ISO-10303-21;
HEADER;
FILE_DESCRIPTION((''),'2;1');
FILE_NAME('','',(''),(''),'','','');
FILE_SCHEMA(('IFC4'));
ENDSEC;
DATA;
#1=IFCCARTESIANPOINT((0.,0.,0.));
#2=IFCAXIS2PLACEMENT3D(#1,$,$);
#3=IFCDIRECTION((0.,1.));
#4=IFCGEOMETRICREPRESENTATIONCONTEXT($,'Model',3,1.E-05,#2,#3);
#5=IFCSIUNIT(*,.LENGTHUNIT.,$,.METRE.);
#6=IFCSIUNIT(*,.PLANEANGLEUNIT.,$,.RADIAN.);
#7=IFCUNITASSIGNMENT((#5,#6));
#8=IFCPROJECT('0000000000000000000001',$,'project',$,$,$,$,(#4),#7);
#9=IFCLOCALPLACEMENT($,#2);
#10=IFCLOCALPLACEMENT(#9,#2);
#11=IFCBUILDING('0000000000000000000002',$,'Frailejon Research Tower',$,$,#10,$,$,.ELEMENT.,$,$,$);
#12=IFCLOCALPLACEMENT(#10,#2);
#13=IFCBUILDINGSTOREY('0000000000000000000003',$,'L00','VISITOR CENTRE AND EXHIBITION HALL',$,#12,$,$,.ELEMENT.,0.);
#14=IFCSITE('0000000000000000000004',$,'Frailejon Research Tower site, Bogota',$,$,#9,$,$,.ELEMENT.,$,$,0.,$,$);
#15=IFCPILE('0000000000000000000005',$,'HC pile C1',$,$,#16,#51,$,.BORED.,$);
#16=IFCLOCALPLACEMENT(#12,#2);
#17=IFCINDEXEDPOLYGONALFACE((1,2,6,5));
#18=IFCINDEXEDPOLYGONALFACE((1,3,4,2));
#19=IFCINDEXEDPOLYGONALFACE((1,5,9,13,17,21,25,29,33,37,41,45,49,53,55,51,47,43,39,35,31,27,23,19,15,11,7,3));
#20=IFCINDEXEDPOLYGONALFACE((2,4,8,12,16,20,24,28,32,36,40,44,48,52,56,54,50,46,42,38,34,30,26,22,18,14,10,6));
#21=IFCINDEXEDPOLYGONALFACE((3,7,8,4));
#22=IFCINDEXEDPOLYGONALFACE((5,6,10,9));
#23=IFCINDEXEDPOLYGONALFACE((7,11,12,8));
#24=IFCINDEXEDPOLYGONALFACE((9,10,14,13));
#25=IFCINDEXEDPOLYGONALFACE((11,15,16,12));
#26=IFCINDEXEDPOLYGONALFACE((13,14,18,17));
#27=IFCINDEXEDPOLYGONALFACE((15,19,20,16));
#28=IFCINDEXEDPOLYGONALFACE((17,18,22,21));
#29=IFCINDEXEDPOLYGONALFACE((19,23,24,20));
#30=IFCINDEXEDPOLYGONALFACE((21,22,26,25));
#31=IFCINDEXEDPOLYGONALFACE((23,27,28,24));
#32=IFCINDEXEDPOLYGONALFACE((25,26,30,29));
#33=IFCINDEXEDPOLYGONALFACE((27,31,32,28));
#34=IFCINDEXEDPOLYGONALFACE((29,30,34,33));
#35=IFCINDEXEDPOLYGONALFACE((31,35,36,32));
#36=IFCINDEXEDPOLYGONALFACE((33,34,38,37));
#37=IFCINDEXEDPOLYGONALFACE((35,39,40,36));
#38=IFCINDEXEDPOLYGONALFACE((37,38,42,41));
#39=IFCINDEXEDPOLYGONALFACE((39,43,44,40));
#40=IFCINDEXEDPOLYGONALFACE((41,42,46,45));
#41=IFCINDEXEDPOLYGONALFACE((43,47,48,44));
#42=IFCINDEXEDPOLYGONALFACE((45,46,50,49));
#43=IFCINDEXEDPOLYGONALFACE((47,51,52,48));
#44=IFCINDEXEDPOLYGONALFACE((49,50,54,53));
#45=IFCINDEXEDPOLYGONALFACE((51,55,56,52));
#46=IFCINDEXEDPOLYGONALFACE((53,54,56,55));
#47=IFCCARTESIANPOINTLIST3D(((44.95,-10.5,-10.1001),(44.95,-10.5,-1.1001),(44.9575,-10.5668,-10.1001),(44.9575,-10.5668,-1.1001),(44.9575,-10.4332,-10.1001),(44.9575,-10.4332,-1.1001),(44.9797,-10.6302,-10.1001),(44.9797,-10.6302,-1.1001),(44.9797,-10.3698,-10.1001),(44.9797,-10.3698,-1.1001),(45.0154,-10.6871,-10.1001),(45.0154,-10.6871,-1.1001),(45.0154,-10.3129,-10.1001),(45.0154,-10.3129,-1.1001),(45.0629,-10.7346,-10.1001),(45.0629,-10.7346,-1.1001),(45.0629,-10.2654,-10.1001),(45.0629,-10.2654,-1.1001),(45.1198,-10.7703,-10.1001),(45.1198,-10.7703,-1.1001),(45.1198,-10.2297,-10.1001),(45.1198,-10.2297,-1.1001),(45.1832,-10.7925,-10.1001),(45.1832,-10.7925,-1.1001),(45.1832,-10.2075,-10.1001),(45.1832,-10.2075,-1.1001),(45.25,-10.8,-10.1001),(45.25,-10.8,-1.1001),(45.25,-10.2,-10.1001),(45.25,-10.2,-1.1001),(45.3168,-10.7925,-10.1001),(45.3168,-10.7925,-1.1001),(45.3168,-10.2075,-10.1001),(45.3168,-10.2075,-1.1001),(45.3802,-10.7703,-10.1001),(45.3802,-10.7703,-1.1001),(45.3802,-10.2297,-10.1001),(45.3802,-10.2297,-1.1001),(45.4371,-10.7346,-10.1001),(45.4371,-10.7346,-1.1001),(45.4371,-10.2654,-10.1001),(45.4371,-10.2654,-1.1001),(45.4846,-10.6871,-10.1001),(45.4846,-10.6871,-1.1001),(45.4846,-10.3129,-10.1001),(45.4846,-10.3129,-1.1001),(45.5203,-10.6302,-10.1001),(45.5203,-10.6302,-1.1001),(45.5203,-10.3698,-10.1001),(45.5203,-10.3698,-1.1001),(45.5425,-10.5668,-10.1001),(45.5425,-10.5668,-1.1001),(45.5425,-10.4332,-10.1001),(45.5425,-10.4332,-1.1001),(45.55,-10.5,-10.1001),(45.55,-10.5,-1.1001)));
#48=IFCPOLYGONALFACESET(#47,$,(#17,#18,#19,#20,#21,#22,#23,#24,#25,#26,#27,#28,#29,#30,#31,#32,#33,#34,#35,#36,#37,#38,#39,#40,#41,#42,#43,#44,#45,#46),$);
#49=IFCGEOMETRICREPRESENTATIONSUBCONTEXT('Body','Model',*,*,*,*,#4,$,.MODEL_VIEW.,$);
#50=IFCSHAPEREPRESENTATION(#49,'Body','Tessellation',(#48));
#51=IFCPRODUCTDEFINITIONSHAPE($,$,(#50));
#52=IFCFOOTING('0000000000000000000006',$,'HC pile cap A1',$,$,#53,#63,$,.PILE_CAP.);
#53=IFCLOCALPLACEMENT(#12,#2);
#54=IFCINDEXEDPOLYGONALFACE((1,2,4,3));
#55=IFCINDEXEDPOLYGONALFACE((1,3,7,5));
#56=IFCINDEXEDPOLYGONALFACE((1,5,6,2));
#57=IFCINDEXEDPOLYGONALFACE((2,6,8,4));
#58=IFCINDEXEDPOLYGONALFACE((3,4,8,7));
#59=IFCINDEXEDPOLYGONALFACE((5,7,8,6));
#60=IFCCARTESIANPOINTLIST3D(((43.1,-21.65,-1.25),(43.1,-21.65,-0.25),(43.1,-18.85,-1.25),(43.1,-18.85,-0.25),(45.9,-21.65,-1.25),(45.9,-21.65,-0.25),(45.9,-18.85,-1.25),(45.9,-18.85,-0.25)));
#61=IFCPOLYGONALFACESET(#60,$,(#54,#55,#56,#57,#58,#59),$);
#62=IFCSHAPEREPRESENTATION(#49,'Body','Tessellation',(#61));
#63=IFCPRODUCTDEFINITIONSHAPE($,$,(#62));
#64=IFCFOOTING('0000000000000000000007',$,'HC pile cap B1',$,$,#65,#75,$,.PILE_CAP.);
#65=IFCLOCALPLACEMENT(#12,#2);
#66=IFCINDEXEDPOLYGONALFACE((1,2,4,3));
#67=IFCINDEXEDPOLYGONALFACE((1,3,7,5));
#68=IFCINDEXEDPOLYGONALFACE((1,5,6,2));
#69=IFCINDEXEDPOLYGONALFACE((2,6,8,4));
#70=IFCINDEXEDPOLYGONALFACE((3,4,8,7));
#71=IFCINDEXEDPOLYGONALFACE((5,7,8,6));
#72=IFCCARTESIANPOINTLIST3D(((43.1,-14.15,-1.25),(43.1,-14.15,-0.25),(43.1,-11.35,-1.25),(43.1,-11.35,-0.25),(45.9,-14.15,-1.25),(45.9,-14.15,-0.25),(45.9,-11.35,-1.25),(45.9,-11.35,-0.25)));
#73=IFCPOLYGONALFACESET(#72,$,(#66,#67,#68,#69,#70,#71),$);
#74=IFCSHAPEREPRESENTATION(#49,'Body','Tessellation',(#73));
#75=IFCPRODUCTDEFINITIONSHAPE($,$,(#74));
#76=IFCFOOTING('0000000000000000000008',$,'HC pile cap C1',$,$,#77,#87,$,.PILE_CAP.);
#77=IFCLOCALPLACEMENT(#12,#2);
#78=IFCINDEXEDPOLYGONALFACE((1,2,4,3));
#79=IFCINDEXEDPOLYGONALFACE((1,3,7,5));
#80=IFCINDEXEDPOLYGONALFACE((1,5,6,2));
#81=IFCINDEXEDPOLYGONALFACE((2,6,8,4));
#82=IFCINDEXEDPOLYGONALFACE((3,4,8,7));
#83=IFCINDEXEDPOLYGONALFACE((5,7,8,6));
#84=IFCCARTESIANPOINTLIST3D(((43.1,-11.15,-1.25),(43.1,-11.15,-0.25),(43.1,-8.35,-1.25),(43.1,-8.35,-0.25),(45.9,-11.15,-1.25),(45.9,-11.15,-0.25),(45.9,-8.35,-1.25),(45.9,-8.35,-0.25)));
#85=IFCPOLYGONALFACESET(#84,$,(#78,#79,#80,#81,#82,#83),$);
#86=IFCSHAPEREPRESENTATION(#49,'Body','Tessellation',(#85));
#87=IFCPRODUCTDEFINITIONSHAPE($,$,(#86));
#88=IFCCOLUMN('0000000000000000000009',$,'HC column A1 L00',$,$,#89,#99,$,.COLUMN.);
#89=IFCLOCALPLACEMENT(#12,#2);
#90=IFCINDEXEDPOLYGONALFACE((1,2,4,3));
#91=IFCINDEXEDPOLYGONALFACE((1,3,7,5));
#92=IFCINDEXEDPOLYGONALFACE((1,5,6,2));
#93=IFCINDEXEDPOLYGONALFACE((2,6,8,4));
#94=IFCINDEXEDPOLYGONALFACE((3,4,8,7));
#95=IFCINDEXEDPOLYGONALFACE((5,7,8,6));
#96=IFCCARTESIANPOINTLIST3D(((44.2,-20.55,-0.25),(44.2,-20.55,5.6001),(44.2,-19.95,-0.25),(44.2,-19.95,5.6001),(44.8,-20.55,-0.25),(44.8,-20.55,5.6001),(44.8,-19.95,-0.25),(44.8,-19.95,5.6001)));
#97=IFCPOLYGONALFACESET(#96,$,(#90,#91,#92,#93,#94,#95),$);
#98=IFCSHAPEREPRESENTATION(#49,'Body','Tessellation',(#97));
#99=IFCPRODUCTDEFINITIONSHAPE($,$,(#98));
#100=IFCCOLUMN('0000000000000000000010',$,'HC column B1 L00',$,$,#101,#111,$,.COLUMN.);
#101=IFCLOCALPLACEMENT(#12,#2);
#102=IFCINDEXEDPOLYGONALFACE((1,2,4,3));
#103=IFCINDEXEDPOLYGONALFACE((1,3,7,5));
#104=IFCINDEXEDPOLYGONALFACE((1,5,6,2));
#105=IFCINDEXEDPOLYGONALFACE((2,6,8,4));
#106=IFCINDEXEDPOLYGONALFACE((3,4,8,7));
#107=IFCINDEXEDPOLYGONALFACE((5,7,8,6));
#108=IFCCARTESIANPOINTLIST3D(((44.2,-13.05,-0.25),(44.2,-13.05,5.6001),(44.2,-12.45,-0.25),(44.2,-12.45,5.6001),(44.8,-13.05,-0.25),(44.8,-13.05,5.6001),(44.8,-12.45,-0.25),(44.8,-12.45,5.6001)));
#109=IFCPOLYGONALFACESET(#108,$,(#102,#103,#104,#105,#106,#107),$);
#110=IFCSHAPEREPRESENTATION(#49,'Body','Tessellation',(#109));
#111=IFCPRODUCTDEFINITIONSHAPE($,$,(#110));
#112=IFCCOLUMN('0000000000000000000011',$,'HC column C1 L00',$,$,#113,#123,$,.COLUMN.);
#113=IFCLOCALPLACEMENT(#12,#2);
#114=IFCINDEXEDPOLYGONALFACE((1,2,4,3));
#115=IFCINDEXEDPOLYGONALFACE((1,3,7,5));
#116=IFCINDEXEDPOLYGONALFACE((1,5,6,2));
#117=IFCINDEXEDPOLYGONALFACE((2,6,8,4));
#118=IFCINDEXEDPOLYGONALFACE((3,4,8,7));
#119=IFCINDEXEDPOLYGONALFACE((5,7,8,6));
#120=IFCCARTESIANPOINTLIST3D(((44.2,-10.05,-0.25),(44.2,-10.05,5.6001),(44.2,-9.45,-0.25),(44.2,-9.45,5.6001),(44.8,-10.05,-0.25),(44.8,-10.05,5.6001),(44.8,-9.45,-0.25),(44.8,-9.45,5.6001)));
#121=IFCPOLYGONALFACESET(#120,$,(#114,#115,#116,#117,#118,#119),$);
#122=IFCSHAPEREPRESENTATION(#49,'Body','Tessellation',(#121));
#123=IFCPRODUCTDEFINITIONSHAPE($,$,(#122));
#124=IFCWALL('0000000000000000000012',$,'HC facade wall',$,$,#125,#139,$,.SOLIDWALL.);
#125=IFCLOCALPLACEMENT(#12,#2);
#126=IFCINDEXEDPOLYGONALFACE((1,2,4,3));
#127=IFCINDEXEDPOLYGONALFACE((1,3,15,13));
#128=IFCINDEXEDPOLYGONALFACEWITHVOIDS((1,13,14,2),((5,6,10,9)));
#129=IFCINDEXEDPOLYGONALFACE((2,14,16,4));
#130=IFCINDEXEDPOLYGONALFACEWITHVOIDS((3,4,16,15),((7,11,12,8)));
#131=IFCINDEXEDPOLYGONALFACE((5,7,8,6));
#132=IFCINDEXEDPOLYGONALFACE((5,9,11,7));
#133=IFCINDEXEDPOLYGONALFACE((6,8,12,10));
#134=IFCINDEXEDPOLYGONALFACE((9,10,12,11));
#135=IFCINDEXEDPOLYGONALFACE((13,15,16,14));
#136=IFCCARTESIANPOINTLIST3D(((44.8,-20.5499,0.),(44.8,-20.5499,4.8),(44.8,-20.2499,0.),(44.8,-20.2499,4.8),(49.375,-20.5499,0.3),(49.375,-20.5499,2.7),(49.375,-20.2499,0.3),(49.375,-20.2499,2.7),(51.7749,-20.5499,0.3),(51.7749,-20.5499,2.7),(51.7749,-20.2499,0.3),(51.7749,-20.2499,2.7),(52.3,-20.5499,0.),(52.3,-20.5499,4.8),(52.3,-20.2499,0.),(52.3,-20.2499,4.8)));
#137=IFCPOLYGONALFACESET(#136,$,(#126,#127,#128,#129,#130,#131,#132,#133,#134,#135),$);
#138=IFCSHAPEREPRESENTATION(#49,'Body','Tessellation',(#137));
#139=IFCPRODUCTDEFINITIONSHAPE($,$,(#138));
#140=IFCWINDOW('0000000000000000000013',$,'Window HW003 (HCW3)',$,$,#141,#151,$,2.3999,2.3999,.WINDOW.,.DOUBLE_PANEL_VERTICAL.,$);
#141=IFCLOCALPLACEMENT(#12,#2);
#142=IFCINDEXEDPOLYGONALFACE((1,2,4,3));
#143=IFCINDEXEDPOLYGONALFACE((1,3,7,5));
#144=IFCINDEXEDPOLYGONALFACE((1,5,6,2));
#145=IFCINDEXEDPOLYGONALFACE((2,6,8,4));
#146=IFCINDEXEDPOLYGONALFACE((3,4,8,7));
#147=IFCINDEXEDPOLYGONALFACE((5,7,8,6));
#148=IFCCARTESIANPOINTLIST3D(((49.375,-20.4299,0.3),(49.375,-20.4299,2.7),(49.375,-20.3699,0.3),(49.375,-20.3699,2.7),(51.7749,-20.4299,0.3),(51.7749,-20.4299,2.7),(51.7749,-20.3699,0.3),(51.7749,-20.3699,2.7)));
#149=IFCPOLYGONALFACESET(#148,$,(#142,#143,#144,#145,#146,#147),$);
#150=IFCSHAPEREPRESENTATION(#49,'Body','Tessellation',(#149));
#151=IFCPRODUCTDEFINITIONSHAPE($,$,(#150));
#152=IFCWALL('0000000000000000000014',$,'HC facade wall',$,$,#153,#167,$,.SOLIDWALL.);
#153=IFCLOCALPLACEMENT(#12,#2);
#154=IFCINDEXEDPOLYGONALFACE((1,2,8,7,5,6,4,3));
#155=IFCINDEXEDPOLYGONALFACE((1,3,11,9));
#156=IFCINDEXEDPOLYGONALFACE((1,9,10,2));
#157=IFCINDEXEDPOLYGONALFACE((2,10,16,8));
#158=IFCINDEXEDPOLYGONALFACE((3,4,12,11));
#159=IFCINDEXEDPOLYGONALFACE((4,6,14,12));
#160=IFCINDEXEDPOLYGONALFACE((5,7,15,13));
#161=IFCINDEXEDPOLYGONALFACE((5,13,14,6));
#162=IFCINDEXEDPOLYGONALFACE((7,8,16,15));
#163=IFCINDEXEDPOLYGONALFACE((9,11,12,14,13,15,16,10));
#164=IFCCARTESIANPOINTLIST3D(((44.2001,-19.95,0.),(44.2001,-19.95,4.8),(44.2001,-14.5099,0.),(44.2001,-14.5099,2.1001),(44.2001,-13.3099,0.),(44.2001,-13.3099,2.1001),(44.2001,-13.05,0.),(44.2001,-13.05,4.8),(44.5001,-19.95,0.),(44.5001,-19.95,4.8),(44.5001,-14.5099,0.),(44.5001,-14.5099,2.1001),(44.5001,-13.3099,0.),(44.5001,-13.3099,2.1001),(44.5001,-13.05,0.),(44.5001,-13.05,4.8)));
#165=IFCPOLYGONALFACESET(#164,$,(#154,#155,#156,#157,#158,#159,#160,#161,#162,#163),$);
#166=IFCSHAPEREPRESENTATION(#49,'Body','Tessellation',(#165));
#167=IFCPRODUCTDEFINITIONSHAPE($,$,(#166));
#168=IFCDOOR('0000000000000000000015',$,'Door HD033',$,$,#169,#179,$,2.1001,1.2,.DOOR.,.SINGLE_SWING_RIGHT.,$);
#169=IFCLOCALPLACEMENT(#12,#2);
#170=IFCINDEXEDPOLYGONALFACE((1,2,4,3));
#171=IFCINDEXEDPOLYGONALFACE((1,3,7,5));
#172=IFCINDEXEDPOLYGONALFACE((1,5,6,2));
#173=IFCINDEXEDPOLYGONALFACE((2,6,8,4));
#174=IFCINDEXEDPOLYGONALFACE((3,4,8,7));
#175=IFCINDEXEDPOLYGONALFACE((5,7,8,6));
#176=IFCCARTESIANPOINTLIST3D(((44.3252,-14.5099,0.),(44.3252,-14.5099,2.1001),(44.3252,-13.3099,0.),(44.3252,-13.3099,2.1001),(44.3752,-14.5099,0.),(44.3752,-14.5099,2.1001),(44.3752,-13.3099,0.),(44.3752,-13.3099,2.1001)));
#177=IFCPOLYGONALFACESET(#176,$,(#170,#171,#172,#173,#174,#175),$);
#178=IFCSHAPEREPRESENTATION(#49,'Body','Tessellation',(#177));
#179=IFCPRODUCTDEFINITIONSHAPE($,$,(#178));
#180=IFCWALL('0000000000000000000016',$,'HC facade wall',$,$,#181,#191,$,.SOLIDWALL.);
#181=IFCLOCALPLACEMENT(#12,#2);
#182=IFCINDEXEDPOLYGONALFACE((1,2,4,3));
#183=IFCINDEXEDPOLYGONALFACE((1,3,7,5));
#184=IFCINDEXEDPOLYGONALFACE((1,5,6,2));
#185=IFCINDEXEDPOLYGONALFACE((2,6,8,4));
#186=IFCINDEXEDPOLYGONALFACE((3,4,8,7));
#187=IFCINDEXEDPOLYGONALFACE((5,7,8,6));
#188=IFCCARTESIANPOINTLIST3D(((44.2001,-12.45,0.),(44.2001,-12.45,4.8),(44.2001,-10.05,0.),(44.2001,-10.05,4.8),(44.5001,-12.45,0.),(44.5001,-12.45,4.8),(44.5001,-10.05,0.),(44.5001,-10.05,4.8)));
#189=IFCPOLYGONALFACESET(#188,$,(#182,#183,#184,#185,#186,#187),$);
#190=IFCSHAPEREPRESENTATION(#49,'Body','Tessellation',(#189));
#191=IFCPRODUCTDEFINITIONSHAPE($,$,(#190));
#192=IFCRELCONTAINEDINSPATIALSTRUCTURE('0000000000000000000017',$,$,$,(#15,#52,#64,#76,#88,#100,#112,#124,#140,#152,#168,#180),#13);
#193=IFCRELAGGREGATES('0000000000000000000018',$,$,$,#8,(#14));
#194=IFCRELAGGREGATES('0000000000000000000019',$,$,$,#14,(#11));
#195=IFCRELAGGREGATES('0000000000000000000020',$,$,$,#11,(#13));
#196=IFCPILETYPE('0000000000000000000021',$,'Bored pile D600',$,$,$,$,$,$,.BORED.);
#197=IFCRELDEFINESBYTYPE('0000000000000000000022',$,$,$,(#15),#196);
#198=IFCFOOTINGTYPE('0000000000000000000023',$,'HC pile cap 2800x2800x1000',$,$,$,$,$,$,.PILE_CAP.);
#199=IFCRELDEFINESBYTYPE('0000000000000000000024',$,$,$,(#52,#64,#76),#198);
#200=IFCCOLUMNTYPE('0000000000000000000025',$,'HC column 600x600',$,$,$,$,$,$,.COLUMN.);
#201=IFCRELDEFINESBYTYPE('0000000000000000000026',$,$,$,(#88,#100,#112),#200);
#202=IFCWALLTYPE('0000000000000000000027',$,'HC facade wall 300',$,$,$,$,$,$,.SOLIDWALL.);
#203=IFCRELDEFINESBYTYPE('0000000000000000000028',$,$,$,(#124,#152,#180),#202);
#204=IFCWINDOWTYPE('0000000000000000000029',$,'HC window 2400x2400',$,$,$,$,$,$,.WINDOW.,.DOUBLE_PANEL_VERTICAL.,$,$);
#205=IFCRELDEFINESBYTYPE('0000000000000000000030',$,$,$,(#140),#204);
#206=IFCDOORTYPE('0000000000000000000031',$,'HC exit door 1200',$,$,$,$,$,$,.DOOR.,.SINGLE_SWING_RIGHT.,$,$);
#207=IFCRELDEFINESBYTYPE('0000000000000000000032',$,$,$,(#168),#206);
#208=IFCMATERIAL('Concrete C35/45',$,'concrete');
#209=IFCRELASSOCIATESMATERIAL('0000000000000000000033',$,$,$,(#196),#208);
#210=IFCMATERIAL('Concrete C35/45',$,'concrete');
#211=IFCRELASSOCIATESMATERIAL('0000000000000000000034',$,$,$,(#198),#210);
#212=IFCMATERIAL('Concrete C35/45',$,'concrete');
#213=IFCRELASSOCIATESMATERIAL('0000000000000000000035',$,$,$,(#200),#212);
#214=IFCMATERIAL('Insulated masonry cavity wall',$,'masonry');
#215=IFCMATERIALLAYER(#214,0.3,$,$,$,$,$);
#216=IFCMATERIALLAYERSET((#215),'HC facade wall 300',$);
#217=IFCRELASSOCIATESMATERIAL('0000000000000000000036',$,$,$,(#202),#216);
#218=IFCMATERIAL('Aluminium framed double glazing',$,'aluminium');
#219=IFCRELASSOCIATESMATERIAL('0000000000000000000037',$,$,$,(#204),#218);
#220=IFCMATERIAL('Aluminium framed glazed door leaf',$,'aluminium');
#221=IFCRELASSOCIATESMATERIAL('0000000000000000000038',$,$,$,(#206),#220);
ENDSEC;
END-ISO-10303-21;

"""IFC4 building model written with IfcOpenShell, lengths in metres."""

from ifc_helpers import new_model, si_unit, direction, frame, frame_2d, origin, origin_2d, place, context, subcontext, project, spatial, rectangle, circle, extrude, material, layer, layer_set, material_profile, profile_set, type_object, element, fill, save


model = new_model("IFC4")

# Units and contexts
model_context = context("Model", 3, precision=1e-05, world=origin(), true_north=direction((0.0, 1.0)))
body_context = subcontext(model_context, "Body", "Model", "MODEL_VIEW")
ifc_project = project(units=[si_unit("LENGTHUNIT", "METRE"), si_unit("PLANEANGLEUNIT", "RADIAN")], contexts=[model_context])

# Site, building, storey
site_placement = place(None, origin())
site = spatial("IfcSite", under=ifc_project, at=site_placement, Name="Frailejon Research Tower site, Bogota", CompositionType="ELEMENT", RefElevation=0.0)
building_placement = place(site_placement, origin())
building = spatial("IfcBuilding", under=site, at=building_placement, Name="Frailejon Research Tower", CompositionType="ELEMENT")
storey_placement = place(building_placement, origin())
storey = spatial("IfcBuildingStorey", under=building, at=storey_placement, Name="L00", Description="VISITOR CENTRE AND EXHIBITION HALL", CompositionType="ELEMENT", Elevation=0.0)

# Pile
ifc_material_1 = material(Name="Concrete C35/45", Category="concrete")
ifc_material_profile_1 = material_profile(ifc_material_1, circle(Radius=0.3, at=origin_2d()), Name="Bored pile D600")
ifc_profile_set_1 = profile_set([ifc_material_profile_1], Name="Concrete C35/45")
pile_type = type_object("IfcPileType", Name="Bored pile D600", PredefinedType="BORED", material=ifc_profile_set_1)
for number, where, z_axis, x_axis, name in (
    (1, (45.25, -10.5, -1.1001), (0.0, 0.0, -1.0), (1.0, 0.0, 0.0), "HC pile C1"),
):
    element("IfcPile", number, at=place(storey_placement, frame(where, z_axis=z_axis, x_axis=x_axis)), inside=storey, type_object=pile_type, Name=name, PredefinedType="BORED", context=body_context, shape_type="SweptSolid", body=[
        extrude(circle(Radius=0.3, at=origin_2d()), origin(), (0.0, 0.0, 1.0), 9.0),
    ])

# Footings
ifc_material_2 = material(Name="Concrete C35/45", Category="concrete")
footing_type = type_object("IfcFootingType", Name="HC pile cap 2800x2800x1000", PredefinedType="PILE_CAP", material=ifc_material_2)
for number, where, z_axis, x_axis, name in (
    (2, (44.5, -20.25, -1.25), (0.0, 0.0, 1.0), (1.0, 0.0, 0.0), "HC pile cap A1"),
    (3, (44.5, -12.75, -1.25), (0.0, 0.0, 1.0), (1.0, 0.0, 0.0), "HC pile cap B1"),
    (4, (44.5, -9.75, -1.25), (0.0, 0.0, 1.0), (1.0, 0.0, 0.0), "HC pile cap C1"),
):
    element("IfcFooting", number, at=place(storey_placement, frame(where, z_axis=z_axis, x_axis=x_axis)), inside=storey, type_object=footing_type, Name=name, PredefinedType="PILE_CAP", context=body_context, shape_type="SweptSolid", body=[
        extrude(rectangle(XDim=2.8, YDim=2.8, at=origin_2d()), origin(), (0.0, 0.0, 1.0), 1.0),
    ])

# Columns
ifc_material_3 = material(Name="Concrete C35/45", Category="concrete")
ifc_material_profile_2 = material_profile(ifc_material_3, rectangle(XDim=0.6001, YDim=0.6001, at=origin_2d()), Name="HC column 600x600")
ifc_profile_set_2 = profile_set([ifc_material_profile_2], Name="Concrete C35/45")
column_type = type_object("IfcColumnType", Name="HC column 600x600", PredefinedType="COLUMN", material=ifc_profile_set_2)
for number, where, z_axis, x_axis, name in (
    (5, (44.5, -20.25, -0.25), (0.0, 0.0, 1.0), (1.0, 0.0, 0.0), "HC column A1 L00"),
    (6, (44.5, -12.75, -0.25), (0.0, 0.0, 1.0), (1.0, 0.0, 0.0), "HC column B1 L00"),
    (7, (44.5, -9.75, -0.25), (0.0, 0.0, 1.0), (1.0, 0.0, 0.0), "HC column C1 L00"),
):
    element("IfcColumn", number, at=place(storey_placement, frame(where, z_axis=z_axis, x_axis=x_axis)), inside=storey, type_object=column_type, Name=name, PredefinedType="COLUMN", context=body_context, shape_type="SweptSolid", body=[
        extrude(rectangle(XDim=0.6001, YDim=0.6001, at=origin_2d()), origin(), (0.0, 0.0, 1.0), 5.8501),
    ])

# Wall, opening, window
ifc_material_4 = material(Name="Insulated masonry cavity wall", Category="masonry")
ifc_layer_1 = layer(ifc_material_4, 0.3)
ifc_layer_set_1 = layer_set([ifc_layer_1], Name="HC facade wall 300")
wall_type_1 = type_object("IfcWallType", Name="HC facade wall 300", PredefinedType="SOLIDWALL", material=ifc_layer_set_1)
wall_1_placement = place(storey_placement, frame((44.8, -20.3999, 0.0), z_axis=(0.0, 0.0, 1.0), x_axis=(1.0, 0.0, 0.0)))
wall_1 = element("IfcWall", 8, at=wall_1_placement, inside=storey, type_object=wall_type_1, Name="HC facade wall", PredefinedType="SOLIDWALL", context=body_context, shape_type="SweptSolid", body=[
    extrude(rectangle(XDim=7.5, YDim=0.3, at=frame_2d((3.75, 0.0))), origin(), (0.0, 0.0, 1.0), 4.8),
])
opening_1_placement = place(wall_1_placement, frame((4.575, 0.0, 0.3)))
opening_1 = element("IfcOpeningElement", 9, at=opening_1_placement, cuts=wall_1, PredefinedType="OPENING", context=body_context, shape_type="SweptSolid", body=[
    extrude(rectangle(XDim=2.3999, YDim=2.3999, at=frame_2d((1.2, 1.2))), frame((0.0, 0.1599, 0.0), z_axis=(0.0, -1.0, 0.0), x_axis=(1.0, 0.0, 0.0)), (0.0, 0.0, 1.0), 0.3201),
])
ifc_material_5 = material(Name="Aluminium framed double glazing", Category="aluminium")
window_type = type_object("IfcWindowType", Name="HC window 2400x2400", PartitioningType="DOUBLE_PANEL_VERTICAL", PredefinedType="WINDOW", material=ifc_material_5)
window_placement = place(opening_1_placement, origin())
window = element("IfcWindow", 10, at=window_placement, inside=storey, type_object=window_type, Name="Window HW003 (HCW3)", OverallHeight=2.3999, OverallWidth=2.3999, PartitioningType="DOUBLE_PANEL_VERTICAL", PredefinedType="WINDOW", context=body_context, shape_type="SweptSolid", body=[
    extrude(rectangle(XDim=2.3999, YDim=2.3999, at=frame_2d((1.2, 1.2))), frame((0.0, 0.03, 0.0), z_axis=(0.0, -1.0, 0.0), x_axis=(1.0, 0.0, 0.0)), (0.0, 0.0, 1.0), 0.0601),
])
fill(opening_1, window)

# Wall, opening, door
wall_2_placement = place(storey_placement, frame((44.3501, -19.95, 0.0), z_axis=(0.0, 0.0, 1.0), x_axis=(0.0, 1.0, 0.0)))
wall_2 = element("IfcWall", 11, at=wall_2_placement, inside=storey, type_object=wall_type_1, Name="HC facade wall", PredefinedType="SOLIDWALL", context=body_context, shape_type="SweptSolid", body=[
    extrude(rectangle(XDim=6.8999, YDim=0.3, at=frame_2d((3.45, 0.0))), origin(), (0.0, 0.0, 1.0), 4.8),
])
opening_2_placement = place(wall_2_placement, frame((5.4399, 0.0, 0.0)))
opening_2 = element("IfcOpeningElement", 12, at=opening_2_placement, cuts=wall_2, PredefinedType="OPENING", context=body_context, shape_type="SweptSolid", body=[
    extrude(rectangle(XDim=1.2, YDim=2.1001, at=frame_2d((0.6001, 1.05))), frame((0.0, 0.1599, 0.0), z_axis=(0.0, -1.0, 0.0), x_axis=(1.0, 0.0, 0.0)), (0.0, 0.0, 1.0), 0.3201),
])
ifc_material_6 = material(Name="Aluminium framed glazed door leaf", Category="aluminium")
door_type_1 = type_object("IfcDoorType", Name="HC exit door 1200", OperationType="SINGLE_SWING_RIGHT", PredefinedType="DOOR", material=ifc_material_6)
door_1_placement = place(opening_2_placement, origin())
door_1 = element("IfcDoor", 13, at=door_1_placement, inside=storey, type_object=door_type_1, Name="Door HD033", OperationType="SINGLE_SWING_RIGHT", OverallHeight=2.1001, OverallWidth=1.2, PredefinedType="DOOR", context=body_context, shape_type="SweptSolid", body=[
    extrude(rectangle(XDim=1.2, YDim=2.1001, at=frame_2d((0.6001, 1.05))), frame((0.0, 0.0249, 0.0), z_axis=(0.0, -1.0, 0.0), x_axis=(1.0, 0.0, 0.0)), (0.0, 0.0, 1.0), 0.05),
])
fill(opening_2, door_1)

# Wall
wall_3_placement = place(storey_placement, frame((44.3501, -12.45, 0.0), z_axis=(0.0, 0.0, 1.0), x_axis=(0.0, 1.0, 0.0)))
element("IfcWall", 14, at=wall_3_placement, inside=storey, type_object=wall_type_1, Name="HC facade wall", PredefinedType="SOLIDWALL", context=body_context, shape_type="SweptSolid", body=[
    extrude(rectangle(XDim=2.3999, YDim=0.3, at=frame_2d((1.2, 0.0))), origin(), (0.0, 0.0, 1.0), 4.8),
])

save(model, "model.ifc")
